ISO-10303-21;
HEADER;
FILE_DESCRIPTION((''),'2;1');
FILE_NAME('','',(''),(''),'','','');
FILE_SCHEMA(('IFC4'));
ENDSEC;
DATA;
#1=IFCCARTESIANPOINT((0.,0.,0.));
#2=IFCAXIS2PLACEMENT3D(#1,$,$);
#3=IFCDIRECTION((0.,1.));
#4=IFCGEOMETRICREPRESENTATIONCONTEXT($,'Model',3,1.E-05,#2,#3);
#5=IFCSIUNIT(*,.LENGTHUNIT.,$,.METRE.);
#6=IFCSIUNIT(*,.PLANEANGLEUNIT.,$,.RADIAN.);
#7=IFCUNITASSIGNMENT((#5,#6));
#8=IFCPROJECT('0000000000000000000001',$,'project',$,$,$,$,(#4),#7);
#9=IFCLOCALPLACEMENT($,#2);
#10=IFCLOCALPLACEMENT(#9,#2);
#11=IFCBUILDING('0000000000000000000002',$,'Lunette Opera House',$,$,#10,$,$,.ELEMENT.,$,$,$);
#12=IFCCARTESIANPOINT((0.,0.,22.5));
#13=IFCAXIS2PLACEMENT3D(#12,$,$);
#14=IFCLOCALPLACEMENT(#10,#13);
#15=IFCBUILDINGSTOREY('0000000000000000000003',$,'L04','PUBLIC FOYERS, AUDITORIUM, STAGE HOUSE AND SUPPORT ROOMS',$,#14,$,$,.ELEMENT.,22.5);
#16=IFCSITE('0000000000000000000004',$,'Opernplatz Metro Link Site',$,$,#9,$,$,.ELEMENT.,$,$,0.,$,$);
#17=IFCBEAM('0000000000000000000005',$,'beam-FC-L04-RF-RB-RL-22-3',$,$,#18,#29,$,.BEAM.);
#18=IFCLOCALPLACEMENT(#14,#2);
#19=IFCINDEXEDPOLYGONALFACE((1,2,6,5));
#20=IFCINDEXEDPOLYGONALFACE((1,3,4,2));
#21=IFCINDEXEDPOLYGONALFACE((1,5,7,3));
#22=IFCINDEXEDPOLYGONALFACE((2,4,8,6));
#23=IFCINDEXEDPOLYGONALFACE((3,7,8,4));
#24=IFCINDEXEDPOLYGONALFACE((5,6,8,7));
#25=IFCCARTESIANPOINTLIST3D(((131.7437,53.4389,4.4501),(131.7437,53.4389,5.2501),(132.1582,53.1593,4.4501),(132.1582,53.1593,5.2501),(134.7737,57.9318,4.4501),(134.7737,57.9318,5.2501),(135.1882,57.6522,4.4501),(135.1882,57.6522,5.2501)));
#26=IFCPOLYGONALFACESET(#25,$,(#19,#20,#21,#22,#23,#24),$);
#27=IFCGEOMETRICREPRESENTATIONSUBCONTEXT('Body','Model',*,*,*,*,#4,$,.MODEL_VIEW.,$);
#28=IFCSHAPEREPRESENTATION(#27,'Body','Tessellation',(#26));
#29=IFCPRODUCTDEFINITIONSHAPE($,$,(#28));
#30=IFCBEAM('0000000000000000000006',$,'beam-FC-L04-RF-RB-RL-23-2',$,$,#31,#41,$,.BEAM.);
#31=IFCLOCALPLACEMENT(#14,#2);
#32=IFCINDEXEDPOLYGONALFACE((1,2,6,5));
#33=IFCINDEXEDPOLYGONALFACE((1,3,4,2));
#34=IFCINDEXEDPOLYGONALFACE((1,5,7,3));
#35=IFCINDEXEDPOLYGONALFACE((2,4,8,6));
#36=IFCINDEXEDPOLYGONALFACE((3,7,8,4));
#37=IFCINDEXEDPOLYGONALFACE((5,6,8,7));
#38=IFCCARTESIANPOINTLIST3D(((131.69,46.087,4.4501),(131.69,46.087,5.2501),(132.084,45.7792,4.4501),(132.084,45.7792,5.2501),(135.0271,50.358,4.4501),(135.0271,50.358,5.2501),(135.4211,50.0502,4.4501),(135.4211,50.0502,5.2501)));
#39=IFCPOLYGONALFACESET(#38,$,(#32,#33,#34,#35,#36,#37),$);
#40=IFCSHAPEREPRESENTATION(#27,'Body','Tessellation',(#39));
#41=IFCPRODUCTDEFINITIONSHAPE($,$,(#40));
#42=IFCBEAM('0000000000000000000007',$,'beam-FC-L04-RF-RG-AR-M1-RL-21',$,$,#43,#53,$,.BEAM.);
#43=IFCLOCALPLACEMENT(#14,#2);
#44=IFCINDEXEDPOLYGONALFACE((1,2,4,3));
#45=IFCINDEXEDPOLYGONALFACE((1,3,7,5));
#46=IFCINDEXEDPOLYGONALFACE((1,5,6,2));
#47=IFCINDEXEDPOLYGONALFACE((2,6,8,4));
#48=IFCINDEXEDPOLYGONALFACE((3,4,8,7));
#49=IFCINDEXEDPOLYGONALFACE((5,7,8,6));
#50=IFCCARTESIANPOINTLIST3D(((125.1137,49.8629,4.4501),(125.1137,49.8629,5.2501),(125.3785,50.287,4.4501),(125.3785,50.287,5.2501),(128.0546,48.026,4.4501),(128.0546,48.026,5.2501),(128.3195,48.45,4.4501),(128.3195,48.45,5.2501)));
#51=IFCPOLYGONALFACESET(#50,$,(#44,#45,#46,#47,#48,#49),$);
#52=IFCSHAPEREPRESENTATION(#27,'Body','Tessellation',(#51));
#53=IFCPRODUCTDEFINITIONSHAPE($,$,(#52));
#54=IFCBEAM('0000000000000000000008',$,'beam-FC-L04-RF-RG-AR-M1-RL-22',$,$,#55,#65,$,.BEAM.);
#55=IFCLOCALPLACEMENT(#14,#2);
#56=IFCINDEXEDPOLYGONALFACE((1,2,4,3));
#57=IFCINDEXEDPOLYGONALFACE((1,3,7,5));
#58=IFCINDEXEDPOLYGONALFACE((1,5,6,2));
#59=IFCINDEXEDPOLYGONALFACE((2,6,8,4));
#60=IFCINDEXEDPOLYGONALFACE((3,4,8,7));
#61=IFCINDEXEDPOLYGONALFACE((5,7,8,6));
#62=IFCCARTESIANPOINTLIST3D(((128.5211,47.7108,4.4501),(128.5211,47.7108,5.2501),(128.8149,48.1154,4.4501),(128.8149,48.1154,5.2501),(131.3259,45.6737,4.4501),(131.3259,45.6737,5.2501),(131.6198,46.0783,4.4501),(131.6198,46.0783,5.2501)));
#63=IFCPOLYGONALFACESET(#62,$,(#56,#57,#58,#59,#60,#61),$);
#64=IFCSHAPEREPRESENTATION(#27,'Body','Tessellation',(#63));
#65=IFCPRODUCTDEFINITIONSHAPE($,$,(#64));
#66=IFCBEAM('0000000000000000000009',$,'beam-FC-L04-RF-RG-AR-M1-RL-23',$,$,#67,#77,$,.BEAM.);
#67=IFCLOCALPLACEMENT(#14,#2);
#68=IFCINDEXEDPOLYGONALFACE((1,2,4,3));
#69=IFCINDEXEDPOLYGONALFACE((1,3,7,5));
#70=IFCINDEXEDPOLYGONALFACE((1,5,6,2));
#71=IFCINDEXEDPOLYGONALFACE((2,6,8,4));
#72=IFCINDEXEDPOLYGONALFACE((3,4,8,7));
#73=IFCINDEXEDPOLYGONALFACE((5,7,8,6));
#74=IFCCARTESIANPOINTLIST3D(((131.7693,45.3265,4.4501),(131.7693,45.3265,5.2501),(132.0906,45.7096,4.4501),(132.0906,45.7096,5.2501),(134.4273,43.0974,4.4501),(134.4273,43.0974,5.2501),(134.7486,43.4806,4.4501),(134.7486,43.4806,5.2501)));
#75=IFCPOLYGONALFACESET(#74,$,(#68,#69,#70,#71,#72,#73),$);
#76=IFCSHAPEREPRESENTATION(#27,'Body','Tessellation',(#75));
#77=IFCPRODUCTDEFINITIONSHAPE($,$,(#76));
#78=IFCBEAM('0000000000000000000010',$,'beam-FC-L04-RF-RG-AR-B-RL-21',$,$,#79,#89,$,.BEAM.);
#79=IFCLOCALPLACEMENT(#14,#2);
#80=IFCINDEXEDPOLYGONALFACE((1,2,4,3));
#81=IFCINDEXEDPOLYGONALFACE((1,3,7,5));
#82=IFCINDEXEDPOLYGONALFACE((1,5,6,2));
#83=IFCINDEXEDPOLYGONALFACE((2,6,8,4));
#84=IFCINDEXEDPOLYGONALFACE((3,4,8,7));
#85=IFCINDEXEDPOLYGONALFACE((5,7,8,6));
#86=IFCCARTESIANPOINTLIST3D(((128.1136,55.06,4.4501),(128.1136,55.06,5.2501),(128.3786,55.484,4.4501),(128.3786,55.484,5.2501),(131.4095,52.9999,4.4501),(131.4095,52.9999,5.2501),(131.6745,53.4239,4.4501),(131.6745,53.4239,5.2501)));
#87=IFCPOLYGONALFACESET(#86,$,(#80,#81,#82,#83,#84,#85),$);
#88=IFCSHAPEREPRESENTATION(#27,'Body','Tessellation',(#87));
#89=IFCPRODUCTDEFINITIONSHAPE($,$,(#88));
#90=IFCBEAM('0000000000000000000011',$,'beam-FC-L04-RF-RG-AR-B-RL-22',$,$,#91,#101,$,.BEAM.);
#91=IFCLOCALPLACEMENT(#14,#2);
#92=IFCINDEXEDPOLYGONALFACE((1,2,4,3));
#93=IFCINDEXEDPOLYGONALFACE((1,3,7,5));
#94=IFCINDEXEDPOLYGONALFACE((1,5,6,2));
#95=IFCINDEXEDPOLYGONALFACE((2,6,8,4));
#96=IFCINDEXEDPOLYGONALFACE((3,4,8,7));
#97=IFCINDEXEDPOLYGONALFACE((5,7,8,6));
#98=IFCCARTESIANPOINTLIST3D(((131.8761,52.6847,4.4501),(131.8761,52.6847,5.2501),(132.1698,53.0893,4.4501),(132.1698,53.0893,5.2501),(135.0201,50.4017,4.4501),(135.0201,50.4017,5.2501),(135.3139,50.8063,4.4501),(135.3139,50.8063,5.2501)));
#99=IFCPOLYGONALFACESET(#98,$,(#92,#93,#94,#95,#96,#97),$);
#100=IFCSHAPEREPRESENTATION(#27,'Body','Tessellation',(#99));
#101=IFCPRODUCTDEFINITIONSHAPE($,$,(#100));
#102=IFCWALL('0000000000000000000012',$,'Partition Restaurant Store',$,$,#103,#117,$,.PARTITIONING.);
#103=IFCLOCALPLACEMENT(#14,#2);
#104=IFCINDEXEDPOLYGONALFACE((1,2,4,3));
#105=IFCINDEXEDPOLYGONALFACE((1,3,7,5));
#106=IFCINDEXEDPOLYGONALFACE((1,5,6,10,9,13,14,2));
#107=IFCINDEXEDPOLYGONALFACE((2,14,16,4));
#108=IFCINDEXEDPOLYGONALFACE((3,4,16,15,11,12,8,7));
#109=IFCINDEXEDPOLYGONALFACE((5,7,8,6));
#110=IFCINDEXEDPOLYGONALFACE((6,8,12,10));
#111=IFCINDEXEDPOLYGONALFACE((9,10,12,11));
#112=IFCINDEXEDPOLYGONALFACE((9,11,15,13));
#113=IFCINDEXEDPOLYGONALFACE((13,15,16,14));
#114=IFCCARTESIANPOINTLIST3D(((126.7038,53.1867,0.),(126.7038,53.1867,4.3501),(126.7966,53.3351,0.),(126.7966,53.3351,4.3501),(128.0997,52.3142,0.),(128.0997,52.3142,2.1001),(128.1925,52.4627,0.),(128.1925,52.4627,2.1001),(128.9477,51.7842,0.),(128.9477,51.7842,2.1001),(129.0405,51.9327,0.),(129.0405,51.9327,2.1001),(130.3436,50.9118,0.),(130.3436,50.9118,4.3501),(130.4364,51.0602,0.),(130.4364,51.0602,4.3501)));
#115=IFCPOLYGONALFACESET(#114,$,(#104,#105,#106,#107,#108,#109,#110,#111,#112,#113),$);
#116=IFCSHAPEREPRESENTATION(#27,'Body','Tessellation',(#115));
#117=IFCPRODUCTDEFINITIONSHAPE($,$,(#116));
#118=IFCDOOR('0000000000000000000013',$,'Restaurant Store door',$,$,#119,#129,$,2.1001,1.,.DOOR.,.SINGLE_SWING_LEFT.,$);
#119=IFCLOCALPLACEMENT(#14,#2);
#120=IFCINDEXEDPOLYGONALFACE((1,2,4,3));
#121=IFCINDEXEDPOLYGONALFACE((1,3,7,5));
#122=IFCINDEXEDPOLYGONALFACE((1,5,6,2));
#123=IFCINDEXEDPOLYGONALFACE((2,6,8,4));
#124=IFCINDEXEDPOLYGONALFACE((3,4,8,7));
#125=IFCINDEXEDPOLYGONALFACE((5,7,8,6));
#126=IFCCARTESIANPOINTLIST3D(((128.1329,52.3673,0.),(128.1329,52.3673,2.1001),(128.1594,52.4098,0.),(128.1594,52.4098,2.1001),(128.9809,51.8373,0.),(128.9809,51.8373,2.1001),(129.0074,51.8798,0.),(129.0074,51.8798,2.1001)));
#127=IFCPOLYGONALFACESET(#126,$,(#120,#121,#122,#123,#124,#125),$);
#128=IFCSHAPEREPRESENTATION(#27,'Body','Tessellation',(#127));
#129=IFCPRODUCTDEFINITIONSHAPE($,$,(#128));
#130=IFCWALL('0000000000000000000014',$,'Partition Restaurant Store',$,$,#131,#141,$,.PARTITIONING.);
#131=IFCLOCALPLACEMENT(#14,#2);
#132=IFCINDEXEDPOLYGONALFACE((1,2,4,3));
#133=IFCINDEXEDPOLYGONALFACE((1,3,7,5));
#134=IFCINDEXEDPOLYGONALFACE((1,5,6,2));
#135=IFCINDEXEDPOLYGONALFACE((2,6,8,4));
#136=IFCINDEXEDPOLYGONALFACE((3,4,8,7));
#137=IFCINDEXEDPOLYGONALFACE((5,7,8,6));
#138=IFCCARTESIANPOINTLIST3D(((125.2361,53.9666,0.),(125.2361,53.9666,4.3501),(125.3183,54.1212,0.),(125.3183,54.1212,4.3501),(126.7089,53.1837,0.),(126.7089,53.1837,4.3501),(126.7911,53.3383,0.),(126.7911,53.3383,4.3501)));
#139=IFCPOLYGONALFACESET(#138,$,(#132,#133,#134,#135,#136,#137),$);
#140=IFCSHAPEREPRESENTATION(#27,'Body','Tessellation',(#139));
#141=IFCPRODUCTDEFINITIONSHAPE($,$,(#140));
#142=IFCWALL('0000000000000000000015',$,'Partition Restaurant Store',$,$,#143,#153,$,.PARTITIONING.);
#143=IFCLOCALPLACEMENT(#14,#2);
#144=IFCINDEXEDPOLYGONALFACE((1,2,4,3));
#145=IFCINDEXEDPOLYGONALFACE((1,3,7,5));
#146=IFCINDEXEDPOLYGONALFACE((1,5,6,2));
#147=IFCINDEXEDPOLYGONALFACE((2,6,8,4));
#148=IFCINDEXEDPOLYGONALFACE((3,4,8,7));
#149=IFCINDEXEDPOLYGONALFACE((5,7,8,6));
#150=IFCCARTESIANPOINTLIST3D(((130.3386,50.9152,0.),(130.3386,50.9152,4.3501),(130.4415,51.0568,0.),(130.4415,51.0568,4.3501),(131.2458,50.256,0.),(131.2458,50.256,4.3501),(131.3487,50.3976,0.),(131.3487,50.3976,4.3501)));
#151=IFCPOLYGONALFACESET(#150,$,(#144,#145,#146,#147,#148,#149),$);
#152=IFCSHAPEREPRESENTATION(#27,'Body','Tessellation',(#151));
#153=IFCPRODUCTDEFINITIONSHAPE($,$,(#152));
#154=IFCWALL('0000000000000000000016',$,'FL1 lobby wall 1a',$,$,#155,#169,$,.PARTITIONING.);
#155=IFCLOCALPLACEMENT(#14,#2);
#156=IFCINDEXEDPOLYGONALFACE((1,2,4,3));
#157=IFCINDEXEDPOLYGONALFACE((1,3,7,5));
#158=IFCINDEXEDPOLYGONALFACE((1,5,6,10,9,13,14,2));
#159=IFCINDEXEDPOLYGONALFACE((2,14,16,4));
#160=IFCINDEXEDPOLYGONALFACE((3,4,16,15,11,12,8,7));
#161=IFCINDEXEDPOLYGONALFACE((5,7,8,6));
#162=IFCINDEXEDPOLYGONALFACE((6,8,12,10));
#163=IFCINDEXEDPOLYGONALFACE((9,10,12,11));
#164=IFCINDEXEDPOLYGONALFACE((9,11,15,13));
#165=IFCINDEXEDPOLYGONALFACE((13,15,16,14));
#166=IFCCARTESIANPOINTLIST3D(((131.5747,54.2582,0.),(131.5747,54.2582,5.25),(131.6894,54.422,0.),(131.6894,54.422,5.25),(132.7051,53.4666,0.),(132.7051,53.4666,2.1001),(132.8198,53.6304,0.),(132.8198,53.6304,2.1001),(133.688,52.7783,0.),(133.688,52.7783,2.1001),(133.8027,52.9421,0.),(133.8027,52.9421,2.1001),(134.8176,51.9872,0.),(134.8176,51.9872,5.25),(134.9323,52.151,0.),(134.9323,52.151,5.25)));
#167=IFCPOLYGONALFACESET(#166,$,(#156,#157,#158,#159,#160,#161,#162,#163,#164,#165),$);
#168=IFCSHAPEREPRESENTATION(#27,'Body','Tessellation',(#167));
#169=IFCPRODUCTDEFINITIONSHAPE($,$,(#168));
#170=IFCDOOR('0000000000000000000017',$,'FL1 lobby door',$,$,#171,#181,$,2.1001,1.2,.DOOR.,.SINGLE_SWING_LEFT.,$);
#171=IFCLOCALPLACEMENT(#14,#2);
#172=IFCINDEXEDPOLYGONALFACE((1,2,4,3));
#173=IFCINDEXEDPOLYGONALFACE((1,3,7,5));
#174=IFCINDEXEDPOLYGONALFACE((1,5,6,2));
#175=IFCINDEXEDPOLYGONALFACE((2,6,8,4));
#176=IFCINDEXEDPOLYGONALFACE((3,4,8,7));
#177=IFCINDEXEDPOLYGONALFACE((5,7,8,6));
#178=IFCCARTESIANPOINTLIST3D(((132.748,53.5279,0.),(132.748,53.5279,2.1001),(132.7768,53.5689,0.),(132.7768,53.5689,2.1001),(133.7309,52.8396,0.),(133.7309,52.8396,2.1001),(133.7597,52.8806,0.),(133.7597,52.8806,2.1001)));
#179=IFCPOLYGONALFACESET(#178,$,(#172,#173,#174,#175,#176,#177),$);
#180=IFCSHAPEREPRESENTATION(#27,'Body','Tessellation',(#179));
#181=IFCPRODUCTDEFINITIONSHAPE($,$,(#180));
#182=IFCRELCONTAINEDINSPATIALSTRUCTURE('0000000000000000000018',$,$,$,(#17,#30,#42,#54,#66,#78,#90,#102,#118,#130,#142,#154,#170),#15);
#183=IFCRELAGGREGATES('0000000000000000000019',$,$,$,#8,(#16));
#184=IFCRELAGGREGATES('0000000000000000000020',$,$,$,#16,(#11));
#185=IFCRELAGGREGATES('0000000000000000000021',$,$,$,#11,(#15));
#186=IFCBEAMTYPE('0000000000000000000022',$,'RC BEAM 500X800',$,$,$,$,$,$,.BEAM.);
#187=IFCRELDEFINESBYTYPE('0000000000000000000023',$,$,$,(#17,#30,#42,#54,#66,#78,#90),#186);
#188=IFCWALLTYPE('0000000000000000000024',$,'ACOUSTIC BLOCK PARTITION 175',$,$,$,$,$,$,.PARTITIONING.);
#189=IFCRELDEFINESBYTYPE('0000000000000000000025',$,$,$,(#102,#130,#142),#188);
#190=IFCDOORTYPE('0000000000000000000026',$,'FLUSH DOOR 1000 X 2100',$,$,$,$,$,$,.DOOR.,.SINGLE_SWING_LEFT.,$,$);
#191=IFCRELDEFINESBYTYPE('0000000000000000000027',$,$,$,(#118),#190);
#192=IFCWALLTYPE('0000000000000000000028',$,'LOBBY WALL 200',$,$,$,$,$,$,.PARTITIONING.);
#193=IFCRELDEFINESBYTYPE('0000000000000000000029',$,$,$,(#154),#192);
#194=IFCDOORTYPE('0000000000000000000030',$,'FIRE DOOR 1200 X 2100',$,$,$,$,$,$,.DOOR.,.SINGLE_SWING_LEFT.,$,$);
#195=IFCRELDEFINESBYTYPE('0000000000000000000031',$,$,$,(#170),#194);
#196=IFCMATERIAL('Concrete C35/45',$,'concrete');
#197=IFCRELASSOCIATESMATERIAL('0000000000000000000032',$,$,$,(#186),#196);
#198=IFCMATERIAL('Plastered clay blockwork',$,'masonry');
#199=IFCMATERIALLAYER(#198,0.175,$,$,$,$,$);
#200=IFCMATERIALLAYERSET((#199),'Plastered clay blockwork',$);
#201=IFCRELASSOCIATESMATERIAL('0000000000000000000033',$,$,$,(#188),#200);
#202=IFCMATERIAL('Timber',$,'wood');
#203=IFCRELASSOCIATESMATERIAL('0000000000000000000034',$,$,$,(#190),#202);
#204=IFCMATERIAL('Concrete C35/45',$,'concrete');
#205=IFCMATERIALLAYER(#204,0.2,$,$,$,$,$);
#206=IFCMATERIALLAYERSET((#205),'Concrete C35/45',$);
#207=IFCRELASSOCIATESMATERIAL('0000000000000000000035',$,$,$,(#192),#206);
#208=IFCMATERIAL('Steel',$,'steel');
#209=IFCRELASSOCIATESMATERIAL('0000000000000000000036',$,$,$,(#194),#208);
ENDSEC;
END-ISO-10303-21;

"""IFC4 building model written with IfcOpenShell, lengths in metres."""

from ifc_helpers import new_model, si_unit, direction, frame, frame_2d, origin, origin_2d, place, context, subcontext, project, spatial, rectangle, extrude, material, layer, layer_set, material_profile, profile_set, type_object, element, fill, save


model = new_model("IFC4")

# Units and contexts
model_context = context("Model", 3, precision=1e-05, world=origin(), true_north=direction((0.0, 1.0)))
body_context = subcontext(model_context, "Body", "Model", "MODEL_VIEW")
ifc_project = project(units=[si_unit("LENGTHUNIT", "METRE"), si_unit("PLANEANGLEUNIT", "RADIAN")], contexts=[model_context])

# Site, building, storey
site_placement = place(None, origin())
site = spatial("IfcSite", under=ifc_project, at=site_placement, Name="Opernplatz Metro Link Site", CompositionType="ELEMENT", RefElevation=0.0)
building_placement = place(site_placement, origin())
building = spatial("IfcBuilding", under=site, at=building_placement, Name="Lunette Opera House", CompositionType="ELEMENT")
storey_placement = place(building_placement, frame((0.0, 0.0, 22.5)))
storey = spatial("IfcBuildingStorey", under=building, at=storey_placement, Name="L04", Description="PUBLIC FOYERS, AUDITORIUM, STAGE HOUSE AND SUPPORT ROOMS", CompositionType="ELEMENT", Elevation=22.5)

# Beams
ifc_material_1 = material(Name="Concrete C35/45", Category="concrete")
ifc_material_profile_1 = material_profile(ifc_material_1, rectangle(XDim=0.5, YDim=0.8, at=origin_2d()), Name="RC BEAM 500X800")
ifc_profile_set_1 = profile_set([ifc_material_profile_1], Name="Concrete C35/45")
beam_type = type_object("IfcBeamType", Name="RC BEAM 500X800", PredefinedType="BEAM", material=ifc_profile_set_1)
beam_1_placement = place(storey_placement, frame((131.9509, 53.2991, 4.8501), z_axis=(0.559132, 0.829079, 0.0), x_axis=(-0.829079, 0.559132, 0.0)))
element("IfcBeam", 1, at=beam_1_placement, inside=storey, type_object=beam_type, Name="beam-FC-L04-RF-RB-RL-22-3", PredefinedType="BEAM", context=body_context, shape_type="SweptSolid", body=[
    extrude(rectangle(XDim=0.5, YDim=0.8, at=origin_2d()), origin(), (0.0, 0.0, 1.0), 5.4192),
])
beam_2_placement = place(storey_placement, frame((131.887, 45.9331, 4.8501), z_axis=(0.615695, 0.787985, 0.0), x_axis=(-0.787985, 0.615695, 0.0)))
element("IfcBeam", 2, at=beam_2_placement, inside=storey, type_object=beam_type, Name="beam-FC-L04-RF-RB-RL-23-2", PredefinedType="BEAM", context=body_context, shape_type="SweptSolid", body=[
    extrude(rectangle(XDim=0.5, YDim=0.8, at=origin_2d()), origin(), (0.0, 0.0, 1.0), 5.4202),
])
beam_3_placement = place(storey_placement, frame((125.2461, 50.075, 4.8501), z_axis=(0.848149, -0.529758, 0.0), x_axis=(0.529758, 0.848149, 0.0)))
element("IfcBeam", 3, at=beam_3_placement, inside=storey, type_object=beam_type, Name="beam-FC-L04-RF-RG-AR-M1-RL-21", PredefinedType="BEAM", context=body_context, shape_type="SweptSolid", body=[
    extrude(rectangle(XDim=0.5, YDim=0.8, at=origin_2d()), origin(), (0.0, 0.0, 1.0), 3.4675),
])
beam_4_placement = place(storey_placement, frame((128.668, 47.9131, 4.8501), z_axis=(0.809126, -0.587636, 0.0), x_axis=(0.587636, 0.809126, 0.0)))
element("IfcBeam", 4, at=beam_4_placement, inside=storey, type_object=beam_type, Name="beam-FC-L04-RF-RG-AR-M1-RL-22", PredefinedType="BEAM", context=body_context, shape_type="SweptSolid", body=[
    extrude(rectangle(XDim=0.5, YDim=0.8, at=origin_2d()), origin(), (0.0, 0.0, 1.0), 3.4666),
])
beam_5_placement = place(storey_placement, frame((131.9299, 45.5181, 4.8501), z_axis=(0.766227, -0.64257, 0.0), x_axis=(0.64257, 0.766227, 0.0)))
element("IfcBeam", 5, at=beam_5_placement, inside=storey, type_object=beam_type, Name="beam-FC-L04-RF-RG-AR-M1-RL-23", PredefinedType="BEAM", context=body_context, shape_type="SweptSolid", body=[
    extrude(rectangle(XDim=0.5, YDim=0.8, at=origin_2d()), origin(), (0.0, 0.0, 1.0), 3.469),
])
beam_6_placement = place(storey_placement, frame((128.2461, 55.272, 4.8501), z_axis=(0.847984, -0.530022, 0.0), x_axis=(0.530022, 0.847984, 0.0)))
element("IfcBeam", 6, at=beam_6_placement, inside=storey, type_object=beam_type, Name="beam-FC-L04-RF-RG-AR-B-RL-21", PredefinedType="BEAM", context=body_context, shape_type="SweptSolid", body=[
    extrude(rectangle(XDim=0.5, YDim=0.8, at=origin_2d()), origin(), (0.0, 0.0, 1.0), 3.8867),
])
beam_7_placement = place(storey_placement, frame((132.0229, 52.887, 4.8501), z_axis=(0.809179, -0.587563, 0.0), x_axis=(0.587563, 0.809179, 0.0)))
element("IfcBeam", 7, at=beam_7_placement, inside=storey, type_object=beam_type, Name="beam-FC-L04-RF-RG-AR-B-RL-22", PredefinedType="BEAM", context=body_context, shape_type="SweptSolid", body=[
    extrude(rectangle(XDim=0.5, YDim=0.8, at=origin_2d()), origin(), (0.0, 0.0, 1.0), 3.8855),
])

# Wall, opening, door
ifc_material_2 = material(Name="Plastered clay blockwork", Category="masonry")
ifc_layer_1 = layer(ifc_material_2, 0.175)
ifc_layer_set_1 = layer_set([ifc_layer_1], Name="Plastered clay blockwork")
wall_type_1 = type_object("IfcWallType", Name="ACOUSTIC BLOCK PARTITION 175", PredefinedType="PARTITIONING", material=ifc_layer_set_1)
wall_1_placement = place(storey_placement, frame((130.3899, 50.9861, 0.0), z_axis=(0.0, 0.0, 1.0), x_axis=(-0.848001, 0.529994, 0.0)))
wall_1 = element("IfcWall", 8, at=wall_1_placement, inside=storey, type_object=wall_type_1, Name="Partition Restaurant Store", PredefinedType="PARTITIONING", context=body_context, shape_type="SweptSolid", body=[
    extrude(rectangle(XDim=4.2922, YDim=0.175, at=frame_2d((2.146, 0.0))), origin(), (0.0, 0.0, 1.0), 4.3501),
])
opening_1_placement = place(wall_1_placement, frame((1.646, 0.0, 0.0)))
opening_1 = element("IfcOpeningElement", 9, at=opening_1_placement, cuts=wall_1, PredefinedType="OPENING", context=body_context, shape_type="SweptSolid", body=[
    extrude(rectangle(XDim=1.0, YDim=2.1001, at=frame_2d((0.5, 1.05))), frame((0.0, 0.0996, 0.0), z_axis=(0.0, -1.0, 0.0), x_axis=(1.0, 0.0, 0.0)), (0.0, 0.0, 1.0), 0.199),
])
ifc_material_3 = material(Name="Timber", Category="wood")
door_type_1 = type_object("IfcDoorType", Name="FLUSH DOOR 1000 X 2100", OperationType="SINGLE_SWING_LEFT", PredefinedType="DOOR", material=ifc_material_3)
door_1_placement = place(opening_1_placement, origin())
door_1 = element("IfcDoor", 10, at=door_1_placement, inside=storey, type_object=door_type_1, Name="Restaurant Store door", OperationType="SINGLE_SWING_LEFT", OverallHeight=2.1001, OverallWidth=1.0, PredefinedType="DOOR", context=body_context, shape_type="SweptSolid", body=[
    extrude(rectangle(XDim=1.0, YDim=2.1001, at=frame_2d((0.5, 1.05))), frame((0.0, 0.0249, 0.0), z_axis=(0.0, -1.0, 0.0), x_axis=(1.0, 0.0, 0.0)), (0.0, 0.0, 1.0), 0.05),
])
fill(opening_1, door_1)

# Walls
wall_2_placement = place(storey_placement, frame((126.75, 53.261, 0.0), z_axis=(0.0, 0.0, 1.0), x_axis=(-0.882996, 0.46938, 0.0)))
element("IfcWall", 11, at=wall_2_placement, inside=storey, type_object=wall_type_1, Name="Partition Restaurant Store", PredefinedType="PARTITIONING", context=body_context, shape_type="SweptSolid", body=[
    extrude(rectangle(XDim=1.668, YDim=0.175, at=frame_2d((0.834, 0.0))), origin(), (0.0, 0.0, 1.0), 4.3501),
])
wall_3_placement = place(storey_placement, frame((131.2971, 50.3269, 0.0), z_axis=(0.0, 0.0, 1.0), x_axis=(-0.809, 0.587809, 0.0)))
element("IfcWall", 12, at=wall_3_placement, inside=storey, type_object=wall_type_1, Name="Partition Restaurant Store", PredefinedType="PARTITIONING", context=body_context, shape_type="SweptSolid", body=[
    extrude(rectangle(XDim=1.1213, YDim=0.175, at=frame_2d((0.5605, 0.0))), origin(), (0.0, 0.0, 1.0), 4.3501),
])

# Wall, opening, door
ifc_material_4 = material(Name="Concrete C35/45", Category="concrete")
ifc_layer_2 = layer(ifc_material_4, 0.2)
ifc_layer_set_2 = layer_set([ifc_layer_2], Name="Concrete C35/45")
wall_type_2 = type_object("IfcWallType", Name="LOBBY WALL 200", PredefinedType="PARTITIONING", material=ifc_layer_set_2)
wall_4_placement = place(storey_placement, frame((131.6321, 54.3401, 0.0), z_axis=(0.0, 0.0, 1.0), x_axis=(0.819119, -0.573624, 0.0)))
wall_4 = element("IfcWall", 13, at=wall_4_placement, inside=storey, type_object=wall_type_2, Name="FL1 lobby wall 1a", PredefinedType="PARTITIONING", context=body_context, shape_type="SweptSolid", body=[
    extrude(rectangle(XDim=3.959, YDim=0.2, at=frame_2d((1.9795, 0.0))), origin(), (0.0, 0.0, 1.0), 5.25),
])
opening_2_placement = place(wall_4_placement, frame((1.3799, 0.0, 0.0)))
opening_2 = element("IfcOpeningElement", 14, at=opening_2_placement, cuts=wall_4, PredefinedType="OPENING", context=body_context, shape_type="SweptSolid", body=[
    extrude(rectangle(XDim=1.2, YDim=2.1001, at=frame_2d((0.6001, 1.05))), frame((0.0, 0.1121, 0.0), z_axis=(0.0, -1.0, 0.0), x_axis=(1.0, 0.0, 0.0)), (0.0, 0.0, 1.0), 0.2239),
])
ifc_material_5 = material(Name="Steel", Category="steel")
door_type_2 = type_object("IfcDoorType", Name="FIRE DOOR 1200 X 2100", OperationType="SINGLE_SWING_LEFT", PredefinedType="DOOR", material=ifc_material_5)
door_2_placement = place(opening_2_placement, origin())
door_2 = element("IfcDoor", 15, at=door_2_placement, inside=storey, type_object=door_type_2, Name="FL1 lobby door", OperationType="SINGLE_SWING_LEFT", OverallHeight=2.1001, OverallWidth=1.2, PredefinedType="DOOR", context=body_context, shape_type="SweptSolid", body=[
    extrude(rectangle(XDim=1.2, YDim=2.1001, at=frame_2d((0.6001, 1.05))), frame((0.0, 0.0249, 0.0), z_axis=(0.0, -1.0, 0.0), x_axis=(1.0, 0.0, 0.0)), (0.0, 0.0, 1.0), 0.05),
])
fill(opening_2, door_2)

save(model, "model.ifc")
